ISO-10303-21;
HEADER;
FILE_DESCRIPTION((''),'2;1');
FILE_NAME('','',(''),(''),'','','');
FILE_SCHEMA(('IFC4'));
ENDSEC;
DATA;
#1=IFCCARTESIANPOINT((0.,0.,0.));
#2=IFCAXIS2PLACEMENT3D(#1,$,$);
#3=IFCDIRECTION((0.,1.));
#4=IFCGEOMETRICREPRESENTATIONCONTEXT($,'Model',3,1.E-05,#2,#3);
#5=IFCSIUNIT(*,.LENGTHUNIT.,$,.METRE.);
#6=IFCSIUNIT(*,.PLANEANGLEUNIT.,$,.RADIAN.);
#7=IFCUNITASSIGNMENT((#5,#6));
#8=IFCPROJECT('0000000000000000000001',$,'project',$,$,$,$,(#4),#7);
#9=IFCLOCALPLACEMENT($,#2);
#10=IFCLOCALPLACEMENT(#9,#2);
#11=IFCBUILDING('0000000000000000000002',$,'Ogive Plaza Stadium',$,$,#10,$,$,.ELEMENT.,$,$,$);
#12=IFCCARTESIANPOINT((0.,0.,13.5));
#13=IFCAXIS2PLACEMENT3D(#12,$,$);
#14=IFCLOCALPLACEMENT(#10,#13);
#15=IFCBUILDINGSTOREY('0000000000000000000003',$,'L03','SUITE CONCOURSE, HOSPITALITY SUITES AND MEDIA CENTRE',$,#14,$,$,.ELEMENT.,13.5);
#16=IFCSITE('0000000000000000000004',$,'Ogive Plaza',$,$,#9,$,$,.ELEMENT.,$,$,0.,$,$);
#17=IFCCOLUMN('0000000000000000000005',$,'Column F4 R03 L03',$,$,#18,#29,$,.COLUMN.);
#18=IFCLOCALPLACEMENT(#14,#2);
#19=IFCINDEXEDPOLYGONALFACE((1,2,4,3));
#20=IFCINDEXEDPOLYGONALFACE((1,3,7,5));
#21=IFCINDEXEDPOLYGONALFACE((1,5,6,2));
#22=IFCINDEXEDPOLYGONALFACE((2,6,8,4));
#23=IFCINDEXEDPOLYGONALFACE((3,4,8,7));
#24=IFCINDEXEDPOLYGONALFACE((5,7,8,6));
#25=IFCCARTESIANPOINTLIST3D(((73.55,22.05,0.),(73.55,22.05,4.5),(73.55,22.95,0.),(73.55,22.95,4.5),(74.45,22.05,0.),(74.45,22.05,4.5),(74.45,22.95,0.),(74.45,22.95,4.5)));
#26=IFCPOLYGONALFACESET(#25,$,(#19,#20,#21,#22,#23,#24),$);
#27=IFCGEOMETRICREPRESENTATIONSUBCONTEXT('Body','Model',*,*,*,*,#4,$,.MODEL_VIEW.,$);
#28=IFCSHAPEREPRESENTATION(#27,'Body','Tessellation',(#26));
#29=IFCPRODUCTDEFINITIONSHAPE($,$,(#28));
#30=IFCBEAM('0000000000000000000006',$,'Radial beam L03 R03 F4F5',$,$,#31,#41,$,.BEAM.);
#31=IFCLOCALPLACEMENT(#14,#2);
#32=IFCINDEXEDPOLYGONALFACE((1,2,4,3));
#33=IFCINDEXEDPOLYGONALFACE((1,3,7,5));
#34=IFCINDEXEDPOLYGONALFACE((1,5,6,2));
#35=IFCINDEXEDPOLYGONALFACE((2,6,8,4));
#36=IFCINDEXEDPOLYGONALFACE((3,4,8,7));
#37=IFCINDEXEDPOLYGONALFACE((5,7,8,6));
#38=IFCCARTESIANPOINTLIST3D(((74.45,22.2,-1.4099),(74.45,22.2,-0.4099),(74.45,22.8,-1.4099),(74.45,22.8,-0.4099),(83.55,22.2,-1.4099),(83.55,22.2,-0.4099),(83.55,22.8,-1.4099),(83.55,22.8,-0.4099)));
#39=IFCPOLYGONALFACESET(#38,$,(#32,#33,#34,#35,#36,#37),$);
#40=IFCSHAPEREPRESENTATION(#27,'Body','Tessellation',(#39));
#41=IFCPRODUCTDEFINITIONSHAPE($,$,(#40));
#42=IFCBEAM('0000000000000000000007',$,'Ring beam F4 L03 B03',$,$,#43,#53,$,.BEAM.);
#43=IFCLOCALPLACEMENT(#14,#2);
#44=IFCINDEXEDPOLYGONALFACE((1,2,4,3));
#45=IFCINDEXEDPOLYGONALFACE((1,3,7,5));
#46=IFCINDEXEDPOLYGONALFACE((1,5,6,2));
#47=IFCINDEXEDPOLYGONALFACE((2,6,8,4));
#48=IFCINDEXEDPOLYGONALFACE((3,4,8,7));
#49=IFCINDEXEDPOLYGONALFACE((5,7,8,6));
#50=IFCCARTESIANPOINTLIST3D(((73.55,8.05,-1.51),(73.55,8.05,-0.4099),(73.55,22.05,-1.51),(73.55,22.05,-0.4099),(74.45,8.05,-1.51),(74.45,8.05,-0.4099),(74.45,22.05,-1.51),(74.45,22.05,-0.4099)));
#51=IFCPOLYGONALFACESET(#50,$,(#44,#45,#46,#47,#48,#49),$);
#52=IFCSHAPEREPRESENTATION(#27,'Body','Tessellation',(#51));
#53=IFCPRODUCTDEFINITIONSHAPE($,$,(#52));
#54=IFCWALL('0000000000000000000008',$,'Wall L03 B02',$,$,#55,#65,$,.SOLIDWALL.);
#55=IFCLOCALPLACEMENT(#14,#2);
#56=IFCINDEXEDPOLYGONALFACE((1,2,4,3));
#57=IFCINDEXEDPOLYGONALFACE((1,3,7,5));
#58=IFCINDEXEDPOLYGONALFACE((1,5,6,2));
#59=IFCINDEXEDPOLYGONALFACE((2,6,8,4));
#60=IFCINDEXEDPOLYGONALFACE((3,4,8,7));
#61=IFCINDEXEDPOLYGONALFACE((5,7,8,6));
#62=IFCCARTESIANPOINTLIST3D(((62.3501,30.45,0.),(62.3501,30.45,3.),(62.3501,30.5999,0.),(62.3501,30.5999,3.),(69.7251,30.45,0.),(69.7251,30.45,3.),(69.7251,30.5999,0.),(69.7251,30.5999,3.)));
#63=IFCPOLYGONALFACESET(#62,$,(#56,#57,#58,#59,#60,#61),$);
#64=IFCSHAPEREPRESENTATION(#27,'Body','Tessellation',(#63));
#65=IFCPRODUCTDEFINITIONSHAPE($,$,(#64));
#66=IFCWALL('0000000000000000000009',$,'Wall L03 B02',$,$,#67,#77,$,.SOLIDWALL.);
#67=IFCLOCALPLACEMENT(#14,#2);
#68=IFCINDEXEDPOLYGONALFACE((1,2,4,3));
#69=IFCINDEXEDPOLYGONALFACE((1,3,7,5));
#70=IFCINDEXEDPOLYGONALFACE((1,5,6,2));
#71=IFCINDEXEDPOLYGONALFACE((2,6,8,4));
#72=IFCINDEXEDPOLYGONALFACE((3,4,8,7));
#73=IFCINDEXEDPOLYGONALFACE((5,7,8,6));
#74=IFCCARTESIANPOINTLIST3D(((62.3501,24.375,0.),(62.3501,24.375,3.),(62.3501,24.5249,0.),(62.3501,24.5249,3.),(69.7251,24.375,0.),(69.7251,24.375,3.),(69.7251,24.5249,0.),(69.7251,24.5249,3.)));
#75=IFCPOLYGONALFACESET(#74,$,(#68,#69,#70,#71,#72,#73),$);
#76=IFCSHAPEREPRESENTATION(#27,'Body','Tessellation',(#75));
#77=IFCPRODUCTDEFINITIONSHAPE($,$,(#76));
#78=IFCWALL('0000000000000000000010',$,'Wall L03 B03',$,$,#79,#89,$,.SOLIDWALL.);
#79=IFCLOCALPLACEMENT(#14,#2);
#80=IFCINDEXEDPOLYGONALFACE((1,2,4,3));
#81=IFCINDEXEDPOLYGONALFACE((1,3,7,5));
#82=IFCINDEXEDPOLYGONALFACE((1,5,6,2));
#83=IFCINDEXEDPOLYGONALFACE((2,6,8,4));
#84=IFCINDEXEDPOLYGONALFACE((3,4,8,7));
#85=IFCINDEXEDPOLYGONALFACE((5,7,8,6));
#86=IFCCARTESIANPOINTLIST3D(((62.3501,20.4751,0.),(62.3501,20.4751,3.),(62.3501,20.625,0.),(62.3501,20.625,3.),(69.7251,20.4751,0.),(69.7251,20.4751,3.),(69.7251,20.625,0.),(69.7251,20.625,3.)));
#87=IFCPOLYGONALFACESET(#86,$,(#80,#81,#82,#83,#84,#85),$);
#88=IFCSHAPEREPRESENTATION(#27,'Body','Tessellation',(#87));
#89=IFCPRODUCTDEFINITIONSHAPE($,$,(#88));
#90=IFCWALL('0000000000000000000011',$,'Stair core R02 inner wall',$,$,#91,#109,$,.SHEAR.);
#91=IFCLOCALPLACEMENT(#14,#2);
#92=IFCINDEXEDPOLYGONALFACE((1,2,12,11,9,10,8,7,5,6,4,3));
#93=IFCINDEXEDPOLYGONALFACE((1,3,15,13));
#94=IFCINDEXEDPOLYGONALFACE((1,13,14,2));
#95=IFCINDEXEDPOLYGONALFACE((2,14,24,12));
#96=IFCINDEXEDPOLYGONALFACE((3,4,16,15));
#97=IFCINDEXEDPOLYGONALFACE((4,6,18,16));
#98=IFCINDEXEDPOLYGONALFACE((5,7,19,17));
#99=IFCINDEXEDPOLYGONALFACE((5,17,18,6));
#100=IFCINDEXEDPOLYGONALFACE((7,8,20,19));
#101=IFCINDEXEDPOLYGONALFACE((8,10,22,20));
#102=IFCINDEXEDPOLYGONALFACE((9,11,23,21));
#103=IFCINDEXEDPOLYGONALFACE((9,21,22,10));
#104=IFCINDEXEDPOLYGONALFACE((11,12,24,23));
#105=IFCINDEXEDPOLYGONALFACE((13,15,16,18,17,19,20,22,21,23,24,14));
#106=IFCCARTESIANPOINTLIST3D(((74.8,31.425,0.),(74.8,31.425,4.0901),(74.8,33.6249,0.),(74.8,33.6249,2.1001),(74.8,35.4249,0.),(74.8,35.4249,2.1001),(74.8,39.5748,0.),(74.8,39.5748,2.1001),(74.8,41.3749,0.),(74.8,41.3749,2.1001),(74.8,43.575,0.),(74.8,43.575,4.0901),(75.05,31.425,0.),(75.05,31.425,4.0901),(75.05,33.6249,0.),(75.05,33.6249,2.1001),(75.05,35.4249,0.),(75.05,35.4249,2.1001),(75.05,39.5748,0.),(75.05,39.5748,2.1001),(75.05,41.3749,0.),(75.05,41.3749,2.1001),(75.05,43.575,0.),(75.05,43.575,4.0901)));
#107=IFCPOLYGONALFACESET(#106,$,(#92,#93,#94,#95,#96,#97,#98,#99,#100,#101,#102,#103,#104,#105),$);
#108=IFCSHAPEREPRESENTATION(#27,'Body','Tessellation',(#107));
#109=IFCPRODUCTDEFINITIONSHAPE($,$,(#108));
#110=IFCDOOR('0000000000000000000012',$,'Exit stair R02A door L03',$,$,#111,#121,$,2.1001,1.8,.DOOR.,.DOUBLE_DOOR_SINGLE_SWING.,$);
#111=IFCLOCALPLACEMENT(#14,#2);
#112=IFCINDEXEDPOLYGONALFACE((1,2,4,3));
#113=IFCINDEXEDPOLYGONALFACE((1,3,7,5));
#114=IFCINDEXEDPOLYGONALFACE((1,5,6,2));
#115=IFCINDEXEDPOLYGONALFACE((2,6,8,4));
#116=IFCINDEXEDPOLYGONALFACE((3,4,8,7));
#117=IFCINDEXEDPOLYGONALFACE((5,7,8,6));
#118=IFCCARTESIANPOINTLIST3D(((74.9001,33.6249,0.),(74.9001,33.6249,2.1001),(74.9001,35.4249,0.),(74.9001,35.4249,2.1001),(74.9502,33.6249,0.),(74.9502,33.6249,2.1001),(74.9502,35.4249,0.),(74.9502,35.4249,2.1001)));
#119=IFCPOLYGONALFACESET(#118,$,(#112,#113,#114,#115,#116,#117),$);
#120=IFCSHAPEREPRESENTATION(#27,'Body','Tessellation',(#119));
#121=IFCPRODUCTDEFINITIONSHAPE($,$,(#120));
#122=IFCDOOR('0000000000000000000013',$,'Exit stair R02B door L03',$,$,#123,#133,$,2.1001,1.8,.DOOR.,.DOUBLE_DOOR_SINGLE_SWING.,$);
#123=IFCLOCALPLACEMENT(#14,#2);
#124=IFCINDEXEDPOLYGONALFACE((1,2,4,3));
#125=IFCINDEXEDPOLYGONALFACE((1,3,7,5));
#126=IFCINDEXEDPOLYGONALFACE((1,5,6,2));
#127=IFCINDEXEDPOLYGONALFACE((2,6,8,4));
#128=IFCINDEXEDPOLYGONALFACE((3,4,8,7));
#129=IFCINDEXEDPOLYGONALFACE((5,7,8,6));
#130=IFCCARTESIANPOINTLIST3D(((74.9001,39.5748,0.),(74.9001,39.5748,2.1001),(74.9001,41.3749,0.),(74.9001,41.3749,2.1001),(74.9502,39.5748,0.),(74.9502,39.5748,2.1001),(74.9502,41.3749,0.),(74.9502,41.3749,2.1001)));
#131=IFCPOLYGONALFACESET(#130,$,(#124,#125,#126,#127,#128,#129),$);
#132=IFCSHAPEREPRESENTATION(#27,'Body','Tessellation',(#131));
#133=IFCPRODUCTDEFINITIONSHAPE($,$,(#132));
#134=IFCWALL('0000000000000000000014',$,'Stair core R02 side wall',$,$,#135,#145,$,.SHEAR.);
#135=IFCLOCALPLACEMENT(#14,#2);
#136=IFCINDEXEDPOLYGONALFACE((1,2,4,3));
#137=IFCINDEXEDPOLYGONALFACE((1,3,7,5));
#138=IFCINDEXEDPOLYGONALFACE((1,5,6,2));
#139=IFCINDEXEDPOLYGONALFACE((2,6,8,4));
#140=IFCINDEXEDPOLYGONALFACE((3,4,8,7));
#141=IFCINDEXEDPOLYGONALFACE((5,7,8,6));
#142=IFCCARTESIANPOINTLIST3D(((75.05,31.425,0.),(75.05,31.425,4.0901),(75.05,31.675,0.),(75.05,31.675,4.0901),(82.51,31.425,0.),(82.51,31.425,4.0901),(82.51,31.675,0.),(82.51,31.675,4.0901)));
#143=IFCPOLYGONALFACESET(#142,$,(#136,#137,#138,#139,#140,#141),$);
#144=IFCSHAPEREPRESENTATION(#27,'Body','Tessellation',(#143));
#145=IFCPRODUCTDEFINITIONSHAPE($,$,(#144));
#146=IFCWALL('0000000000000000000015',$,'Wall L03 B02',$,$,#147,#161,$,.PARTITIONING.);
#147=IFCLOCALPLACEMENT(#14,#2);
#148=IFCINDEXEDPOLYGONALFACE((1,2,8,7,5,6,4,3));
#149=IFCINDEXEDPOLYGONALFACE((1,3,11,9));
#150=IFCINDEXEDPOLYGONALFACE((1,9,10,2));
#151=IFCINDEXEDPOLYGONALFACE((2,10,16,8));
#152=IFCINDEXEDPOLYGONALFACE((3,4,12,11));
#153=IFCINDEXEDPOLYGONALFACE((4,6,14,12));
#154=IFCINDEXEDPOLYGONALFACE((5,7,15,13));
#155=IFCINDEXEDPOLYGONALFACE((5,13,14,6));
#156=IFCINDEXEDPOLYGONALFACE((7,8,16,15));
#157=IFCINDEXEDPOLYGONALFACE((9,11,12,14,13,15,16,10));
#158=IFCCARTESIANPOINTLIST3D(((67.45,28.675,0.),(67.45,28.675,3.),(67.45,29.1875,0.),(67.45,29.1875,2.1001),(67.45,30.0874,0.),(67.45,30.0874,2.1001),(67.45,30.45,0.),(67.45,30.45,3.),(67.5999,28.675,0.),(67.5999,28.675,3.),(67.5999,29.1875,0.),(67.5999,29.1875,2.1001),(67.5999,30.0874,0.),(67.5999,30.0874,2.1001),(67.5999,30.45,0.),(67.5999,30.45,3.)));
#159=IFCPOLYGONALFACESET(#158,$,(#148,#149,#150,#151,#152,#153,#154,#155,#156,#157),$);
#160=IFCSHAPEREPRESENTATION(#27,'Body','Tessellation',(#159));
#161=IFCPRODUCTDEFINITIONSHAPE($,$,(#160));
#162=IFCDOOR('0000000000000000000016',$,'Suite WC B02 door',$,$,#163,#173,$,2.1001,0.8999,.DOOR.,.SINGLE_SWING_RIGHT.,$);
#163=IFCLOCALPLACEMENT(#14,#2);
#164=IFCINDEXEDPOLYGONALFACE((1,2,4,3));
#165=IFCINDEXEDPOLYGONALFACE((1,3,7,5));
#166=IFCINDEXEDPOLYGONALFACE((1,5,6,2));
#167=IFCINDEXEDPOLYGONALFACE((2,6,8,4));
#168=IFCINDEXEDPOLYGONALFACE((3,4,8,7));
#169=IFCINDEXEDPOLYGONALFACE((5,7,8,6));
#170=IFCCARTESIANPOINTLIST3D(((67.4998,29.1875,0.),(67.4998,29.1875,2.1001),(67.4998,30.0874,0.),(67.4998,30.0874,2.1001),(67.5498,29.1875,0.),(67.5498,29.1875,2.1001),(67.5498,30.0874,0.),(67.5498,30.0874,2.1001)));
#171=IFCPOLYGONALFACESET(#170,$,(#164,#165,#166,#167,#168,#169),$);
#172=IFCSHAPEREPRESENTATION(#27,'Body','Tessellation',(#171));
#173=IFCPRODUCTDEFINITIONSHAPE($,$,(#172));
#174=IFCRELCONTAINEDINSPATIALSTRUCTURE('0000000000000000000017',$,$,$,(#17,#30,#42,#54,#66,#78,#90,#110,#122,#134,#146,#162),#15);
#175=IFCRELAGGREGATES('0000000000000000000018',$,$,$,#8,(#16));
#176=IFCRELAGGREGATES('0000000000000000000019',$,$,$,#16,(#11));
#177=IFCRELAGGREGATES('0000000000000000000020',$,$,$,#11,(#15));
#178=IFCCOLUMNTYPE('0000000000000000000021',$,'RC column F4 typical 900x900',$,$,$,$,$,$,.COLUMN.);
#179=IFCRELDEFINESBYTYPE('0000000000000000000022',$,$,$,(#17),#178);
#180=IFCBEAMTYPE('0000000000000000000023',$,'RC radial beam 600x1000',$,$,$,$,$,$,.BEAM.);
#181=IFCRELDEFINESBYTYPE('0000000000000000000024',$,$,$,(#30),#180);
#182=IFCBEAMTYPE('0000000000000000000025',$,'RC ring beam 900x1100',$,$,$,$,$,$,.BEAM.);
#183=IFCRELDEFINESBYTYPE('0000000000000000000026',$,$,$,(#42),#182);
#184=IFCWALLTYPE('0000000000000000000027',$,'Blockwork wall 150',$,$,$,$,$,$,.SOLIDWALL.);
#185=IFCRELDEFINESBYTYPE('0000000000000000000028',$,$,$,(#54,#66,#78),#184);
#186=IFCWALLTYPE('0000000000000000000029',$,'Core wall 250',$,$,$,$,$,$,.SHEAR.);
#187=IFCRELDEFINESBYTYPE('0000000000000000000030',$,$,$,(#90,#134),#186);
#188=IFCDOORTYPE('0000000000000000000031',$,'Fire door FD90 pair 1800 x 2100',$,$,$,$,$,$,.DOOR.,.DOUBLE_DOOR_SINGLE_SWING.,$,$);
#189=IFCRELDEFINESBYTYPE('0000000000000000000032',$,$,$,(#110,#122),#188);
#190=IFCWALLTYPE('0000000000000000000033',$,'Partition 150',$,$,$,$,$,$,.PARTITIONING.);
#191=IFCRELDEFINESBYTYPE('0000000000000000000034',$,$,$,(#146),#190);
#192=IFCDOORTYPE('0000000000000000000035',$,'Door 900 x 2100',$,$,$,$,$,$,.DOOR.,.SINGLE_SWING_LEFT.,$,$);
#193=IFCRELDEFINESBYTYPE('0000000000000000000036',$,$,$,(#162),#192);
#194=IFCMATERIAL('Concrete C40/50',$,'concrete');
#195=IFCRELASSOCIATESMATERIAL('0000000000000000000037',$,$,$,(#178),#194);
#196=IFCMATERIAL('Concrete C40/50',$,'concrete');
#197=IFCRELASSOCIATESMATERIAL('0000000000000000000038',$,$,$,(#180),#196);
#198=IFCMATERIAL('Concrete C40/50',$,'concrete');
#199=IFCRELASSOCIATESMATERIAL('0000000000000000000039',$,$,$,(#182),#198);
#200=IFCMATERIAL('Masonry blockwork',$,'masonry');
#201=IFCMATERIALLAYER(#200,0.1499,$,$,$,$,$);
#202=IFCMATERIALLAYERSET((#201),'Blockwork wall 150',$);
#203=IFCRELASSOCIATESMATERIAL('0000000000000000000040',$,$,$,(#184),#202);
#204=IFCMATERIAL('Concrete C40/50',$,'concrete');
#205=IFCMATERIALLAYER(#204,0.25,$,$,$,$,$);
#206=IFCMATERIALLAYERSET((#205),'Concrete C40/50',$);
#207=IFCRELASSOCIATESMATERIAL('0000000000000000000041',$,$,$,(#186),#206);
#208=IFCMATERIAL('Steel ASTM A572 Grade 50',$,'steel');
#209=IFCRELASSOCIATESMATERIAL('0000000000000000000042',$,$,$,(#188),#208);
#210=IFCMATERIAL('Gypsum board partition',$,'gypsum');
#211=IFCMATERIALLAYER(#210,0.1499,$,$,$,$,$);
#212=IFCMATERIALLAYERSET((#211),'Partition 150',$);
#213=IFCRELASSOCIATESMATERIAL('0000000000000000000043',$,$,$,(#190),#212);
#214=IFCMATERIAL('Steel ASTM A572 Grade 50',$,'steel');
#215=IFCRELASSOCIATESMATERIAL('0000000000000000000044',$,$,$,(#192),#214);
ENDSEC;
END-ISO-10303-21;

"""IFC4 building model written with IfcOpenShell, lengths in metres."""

from ifc_helpers import new_model, si_unit, direction, frame, frame_2d, origin, origin_2d, place, context, subcontext, project, spatial, rectangle, extrude, material, layer, layer_set, material_profile, profile_set, type_object, element, fill, save


model = new_model("IFC4")

# Units and contexts
model_context = context("Model", 3, precision=1e-05, world=origin(), true_north=direction((0.0, 1.0)))
body_context = subcontext(model_context, "Body", "Model", "MODEL_VIEW")
ifc_project = project(units=[si_unit("LENGTHUNIT", "METRE"), si_unit("PLANEANGLEUNIT", "RADIAN")], contexts=[model_context])

# Site, building, storey
site_placement = place(None, origin())
site = spatial("IfcSite", under=ifc_project, at=site_placement, Name="Ogive Plaza", CompositionType="ELEMENT", RefElevation=0.0)
building_placement = place(site_placement, origin())
building = spatial("IfcBuilding", under=site, at=building_placement, Name="Ogive Plaza Stadium", CompositionType="ELEMENT")
storey_placement = place(building_placement, frame((0.0, 0.0, 13.5)))
storey = spatial("IfcBuildingStorey", under=building, at=storey_placement, Name="L03", Description="SUITE CONCOURSE, HOSPITALITY SUITES AND MEDIA CENTRE", CompositionType="ELEMENT", Elevation=13.5)

# Column
ifc_material_1 = material(Name="Concrete C40/50", Category="concrete")
ifc_material_profile_1 = material_profile(ifc_material_1, rectangle(XDim=0.8999, YDim=0.8999, at=origin_2d()), Name="RC 900x900")
ifc_profile_set_1 = profile_set([ifc_material_profile_1], Name="Concrete C40/50")
column_type = type_object("IfcColumnType", Name="RC column F4 typical 900x900", PredefinedType="COLUMN", material=ifc_profile_set_1)
column_placement = place(storey_placement, frame((74.0, 22.5, 0.0), z_axis=(0.0, 0.0, 1.0), x_axis=(0.0, 1.0, 0.0)))
element("IfcColumn", 1, at=column_placement, inside=storey, type_object=column_type, Name="Column F4 R03 L03", PredefinedType="COLUMN", context=body_context, shape_type="SweptSolid", body=[
    extrude(rectangle(XDim=0.8999, YDim=0.8999, at=origin_2d()), origin(), (0.0, 0.0, 1.0), 4.5),
])

# Beams
ifc_material_2 = material(Name="Concrete C40/50", Category="concrete")
ifc_material_profile_2 = material_profile(ifc_material_2, rectangle(XDim=0.6001, YDim=1.0, at=origin_2d()), Name="RC 600x1000")
ifc_profile_set_2 = profile_set([ifc_material_profile_2], Name="Concrete C40/50")
beam_type_1 = type_object("IfcBeamType", Name="RC radial beam 600x1000", PredefinedType="BEAM", material=ifc_profile_set_2)
beam_1_placement = place(storey_placement, frame((74.45, 22.5, -0.9099), z_axis=(1.0, 0.0, 0.0), x_axis=(0.0, 1.0, 0.0)))
element("IfcBeam", 2, at=beam_1_placement, inside=storey, type_object=beam_type_1, Name="Radial beam L03 R03 F4F5", PredefinedType="BEAM", context=body_context, shape_type="SweptSolid", body=[
    extrude(rectangle(XDim=0.6001, YDim=1.0, at=origin_2d()), origin(), (0.0, 0.0, 1.0), 9.1001),
])
ifc_material_3 = material(Name="Concrete C40/50", Category="concrete")
ifc_material_profile_3 = material_profile(ifc_material_3, rectangle(XDim=0.8999, YDim=1.1001, at=origin_2d()), Name="RC 900x1100")
ifc_profile_set_3 = profile_set([ifc_material_profile_3], Name="Concrete C40/50")
beam_type_2 = type_object("IfcBeamType", Name="RC ring beam 900x1100", PredefinedType="BEAM", material=ifc_profile_set_3)
beam_2_placement = place(storey_placement, frame((74.0, 22.05, -0.96), z_axis=(0.0, -1.0, 0.0), x_axis=(1.0, 0.0, 0.0)))
element("IfcBeam", 3, at=beam_2_placement, inside=storey, type_object=beam_type_2, Name="Ring beam F4 L03 B03", PredefinedType="BEAM", context=body_context, shape_type="SweptSolid", body=[
    extrude(rectangle(XDim=0.8999, YDim=1.1001, at=origin_2d()), origin(), (0.0, 0.0, 1.0), 14.0),
])

# Walls
ifc_material_4 = material(Name="Masonry blockwork", Category="masonry")
ifc_layer_1 = layer(ifc_material_4, 0.1499)
ifc_layer_set_1 = layer_set([ifc_layer_1], Name="Blockwork wall 150")
wall_type_1 = type_object("IfcWallType", Name="Blockwork wall 150", PredefinedType="SOLIDWALL", material=ifc_layer_set_1)
for number, where, z_axis, x_axis, name in (
    (4, (62.3501, 30.5249, 0.0), (0.0, 0.0, 1.0), (1.0, 0.0, 0.0), "Wall L03 B02"),
    (5, (62.3501, 24.45, 0.0), (0.0, 0.0, 1.0), (1.0, 0.0, 0.0), "Wall L03 B02"),
    (6, (62.3501, 20.55, 0.0), (0.0, 0.0, 1.0), (1.0, 0.0, 0.0), "Wall L03 B03"),
):
    element("IfcWall", number, at=place(storey_placement, frame(where, z_axis=z_axis, x_axis=x_axis)), inside=storey, type_object=wall_type_1, Name=name, PredefinedType="SOLIDWALL", context=body_context, shape_type="SweptSolid", body=[
        extrude(rectangle(XDim=7.375, YDim=0.1499, at=frame_2d((3.6875, 0.0))), origin(), (0.0, 0.0, 1.0), 3.0),
    ])

# Wall, openings, doors
ifc_material_5 = material(Name="Concrete C40/50", Category="concrete")
ifc_layer_2 = layer(ifc_material_5, 0.25)
ifc_layer_set_2 = layer_set([ifc_layer_2], Name="Concrete C40/50")
wall_type_2 = type_object("IfcWallType", Name="Core wall 250", PredefinedType="SHEAR", material=ifc_layer_set_2)
wall_1_placement = place(storey_placement, frame((74.925, 31.425, 0.0), z_axis=(0.0, 0.0, 1.0), x_axis=(0.0, 1.0, 0.0)))
wall_1 = element("IfcWall", 7, at=wall_1_placement, inside=storey, type_object=wall_type_2, Name="Stair core R02 inner wall", PredefinedType="SHEAR", context=body_context, shape_type="SweptSolid", body=[
    extrude(rectangle(XDim=12.1499, YDim=0.25, at=frame_2d((6.075, 0.0))), origin(), (0.0, 0.0, 1.0), 4.0901),
])
opening_1_placement = place(wall_1_placement, frame((2.2, 0.0, 0.0)))
opening_1 = element("IfcOpeningElement", 8, at=opening_1_placement, cuts=wall_1, PredefinedType="OPENING", context=body_context, shape_type="SweptSolid", body=[
    extrude(rectangle(XDim=1.8, YDim=2.1001, at=frame_2d((0.8999, 1.05))), frame((0.0, 0.125, 0.0), z_axis=(0.0, -1.0, 0.0), x_axis=(1.0, 0.0, 0.0)), (0.0, 0.0, 1.0), 0.25),
])
opening_2_placement = place(wall_1_placement, frame((8.1499, 0.0, 0.0)))
opening_2 = element("IfcOpeningElement", 9, at=opening_2_placement, cuts=wall_1, PredefinedType="OPENING", context=body_context, shape_type="SweptSolid", body=[
    extrude(rectangle(XDim=1.8, YDim=2.1001, at=frame_2d((0.8999, 1.05))), frame((0.0, 0.125, 0.0), z_axis=(0.0, -1.0, 0.0), x_axis=(1.0, 0.0, 0.0)), (0.0, 0.0, 1.0), 0.25),
])
ifc_material_6 = material(Name="Steel ASTM A572 Grade 50", Category="steel")
door_type_1 = type_object("IfcDoorType", Name="Fire door FD90 pair 1800 x 2100", OperationType="DOUBLE_DOOR_SINGLE_SWING", PredefinedType="DOOR", material=ifc_material_6)
door_1_placement = place(opening_1_placement, origin())
door_1 = element("IfcDoor", 10, at=door_1_placement, inside=storey, type_object=door_type_1, Name="Exit stair R02A door L03", OperationType="DOUBLE_DOOR_SINGLE_SWING", OverallHeight=2.1001, OverallWidth=1.8, PredefinedType="DOOR", context=body_context, shape_type="SweptSolid", body=[
    extrude(rectangle(XDim=1.8, YDim=2.1001, at=frame_2d((0.8999, 1.05))), frame((0.0, 0.0249, 0.0), z_axis=(0.0, -1.0, 0.0), x_axis=(1.0, 0.0, 0.0)), (0.0, 0.0, 1.0), 0.05),
])
fill(opening_1, door_1)
door_2_placement = place(opening_2_placement, origin())
door_2 = element("IfcDoor", 11, at=door_2_placement, inside=storey, type_object=door_type_1, Name="Exit stair R02B door L03", OperationType="DOUBLE_DOOR_SINGLE_SWING", OverallHeight=2.1001, OverallWidth=1.8, PredefinedType="DOOR", context=body_context, shape_type="SweptSolid", body=[
    extrude(rectangle(XDim=1.8, YDim=2.1001, at=frame_2d((0.8999, 1.05))), frame((0.0, 0.0249, 0.0), z_axis=(0.0, -1.0, 0.0), x_axis=(1.0, 0.0, 0.0)), (0.0, 0.0, 1.0), 0.05),
])
fill(opening_2, door_2)

# Wall
wall_2_placement = place(storey_placement, frame((75.05, 31.55, 0.0), z_axis=(0.0, 0.0, 1.0), x_axis=(1.0, 0.0, 0.0)))
element("IfcWall", 12, at=wall_2_placement, inside=storey, type_object=wall_type_2, Name="Stair core R02 side wall", PredefinedType="SHEAR", context=body_context, shape_type="SweptSolid", body=[
    extrude(rectangle(XDim=7.46, YDim=0.25, at=frame_2d((3.73, 0.0))), origin(), (0.0, 0.0, 1.0), 4.0901),
])

# Wall, opening, door
ifc_material_7 = material(Name="Gypsum board partition", Category="gypsum")
ifc_layer_3 = layer(ifc_material_7, 0.1499)
ifc_layer_set_3 = layer_set([ifc_layer_3], Name="Partition 150")
wall_type_3 = type_object("IfcWallType", Name="Partition 150", PredefinedType="PARTITIONING", material=ifc_layer_set_3)
wall_3_placement = place(storey_placement, frame((67.5249, 30.45, 0.0), z_axis=(0.0, 0.0, 1.0), x_axis=(0.0, -1.0, 0.0)))
wall_3 = element("IfcWall", 13, at=wall_3_placement, inside=storey, type_object=wall_type_3, Name="Wall L03 B02", PredefinedType="PARTITIONING", context=body_context, shape_type="SweptSolid", body=[
    extrude(rectangle(XDim=1.7749, YDim=0.1499, at=frame_2d((0.8875, 0.0))), origin(), (0.0, 0.0, 1.0), 3.0),
])
opening_3_placement = place(wall_3_placement, frame((0.3625, 0.0, 0.0)))
opening_3 = element("IfcOpeningElement", 14, at=opening_3_placement, cuts=wall_3, PredefinedType="OPENING", context=body_context, shape_type="SweptSolid", body=[
    extrude(rectangle(XDim=0.8999, YDim=2.1001, at=frame_2d((0.45, 1.05))), frame((0.0, 0.075, 0.0), z_axis=(0.0, -1.0, 0.0), x_axis=(1.0, 0.0, 0.0)), (0.0, 0.0, 1.0), 0.1499),
])
ifc_material_8 = material(Name="Steel ASTM A572 Grade 50", Category="steel")
door_type_2 = type_object("IfcDoorType", Name="Door 900 x 2100", OperationType="SINGLE_SWING_LEFT", PredefinedType="DOOR", material=ifc_material_8)
door_3_placement = place(opening_3_placement, origin())
door_3 = element("IfcDoor", 15, at=door_3_placement, inside=storey, type_object=door_type_2, Name="Suite WC B02 door", OperationType="SINGLE_SWING_RIGHT", OverallHeight=2.1001, OverallWidth=0.8999, PredefinedType="DOOR", context=body_context, shape_type="SweptSolid", body=[
    extrude(rectangle(XDim=0.8999, YDim=2.1001, at=frame_2d((0.45, 1.05))), frame((0.0, 0.0249, 0.0), z_axis=(0.0, -1.0, 0.0), x_axis=(1.0, 0.0, 0.0)), (0.0, 0.0, 1.0), 0.05),
])
fill(opening_3, door_3)

save(model, "model.ifc")
